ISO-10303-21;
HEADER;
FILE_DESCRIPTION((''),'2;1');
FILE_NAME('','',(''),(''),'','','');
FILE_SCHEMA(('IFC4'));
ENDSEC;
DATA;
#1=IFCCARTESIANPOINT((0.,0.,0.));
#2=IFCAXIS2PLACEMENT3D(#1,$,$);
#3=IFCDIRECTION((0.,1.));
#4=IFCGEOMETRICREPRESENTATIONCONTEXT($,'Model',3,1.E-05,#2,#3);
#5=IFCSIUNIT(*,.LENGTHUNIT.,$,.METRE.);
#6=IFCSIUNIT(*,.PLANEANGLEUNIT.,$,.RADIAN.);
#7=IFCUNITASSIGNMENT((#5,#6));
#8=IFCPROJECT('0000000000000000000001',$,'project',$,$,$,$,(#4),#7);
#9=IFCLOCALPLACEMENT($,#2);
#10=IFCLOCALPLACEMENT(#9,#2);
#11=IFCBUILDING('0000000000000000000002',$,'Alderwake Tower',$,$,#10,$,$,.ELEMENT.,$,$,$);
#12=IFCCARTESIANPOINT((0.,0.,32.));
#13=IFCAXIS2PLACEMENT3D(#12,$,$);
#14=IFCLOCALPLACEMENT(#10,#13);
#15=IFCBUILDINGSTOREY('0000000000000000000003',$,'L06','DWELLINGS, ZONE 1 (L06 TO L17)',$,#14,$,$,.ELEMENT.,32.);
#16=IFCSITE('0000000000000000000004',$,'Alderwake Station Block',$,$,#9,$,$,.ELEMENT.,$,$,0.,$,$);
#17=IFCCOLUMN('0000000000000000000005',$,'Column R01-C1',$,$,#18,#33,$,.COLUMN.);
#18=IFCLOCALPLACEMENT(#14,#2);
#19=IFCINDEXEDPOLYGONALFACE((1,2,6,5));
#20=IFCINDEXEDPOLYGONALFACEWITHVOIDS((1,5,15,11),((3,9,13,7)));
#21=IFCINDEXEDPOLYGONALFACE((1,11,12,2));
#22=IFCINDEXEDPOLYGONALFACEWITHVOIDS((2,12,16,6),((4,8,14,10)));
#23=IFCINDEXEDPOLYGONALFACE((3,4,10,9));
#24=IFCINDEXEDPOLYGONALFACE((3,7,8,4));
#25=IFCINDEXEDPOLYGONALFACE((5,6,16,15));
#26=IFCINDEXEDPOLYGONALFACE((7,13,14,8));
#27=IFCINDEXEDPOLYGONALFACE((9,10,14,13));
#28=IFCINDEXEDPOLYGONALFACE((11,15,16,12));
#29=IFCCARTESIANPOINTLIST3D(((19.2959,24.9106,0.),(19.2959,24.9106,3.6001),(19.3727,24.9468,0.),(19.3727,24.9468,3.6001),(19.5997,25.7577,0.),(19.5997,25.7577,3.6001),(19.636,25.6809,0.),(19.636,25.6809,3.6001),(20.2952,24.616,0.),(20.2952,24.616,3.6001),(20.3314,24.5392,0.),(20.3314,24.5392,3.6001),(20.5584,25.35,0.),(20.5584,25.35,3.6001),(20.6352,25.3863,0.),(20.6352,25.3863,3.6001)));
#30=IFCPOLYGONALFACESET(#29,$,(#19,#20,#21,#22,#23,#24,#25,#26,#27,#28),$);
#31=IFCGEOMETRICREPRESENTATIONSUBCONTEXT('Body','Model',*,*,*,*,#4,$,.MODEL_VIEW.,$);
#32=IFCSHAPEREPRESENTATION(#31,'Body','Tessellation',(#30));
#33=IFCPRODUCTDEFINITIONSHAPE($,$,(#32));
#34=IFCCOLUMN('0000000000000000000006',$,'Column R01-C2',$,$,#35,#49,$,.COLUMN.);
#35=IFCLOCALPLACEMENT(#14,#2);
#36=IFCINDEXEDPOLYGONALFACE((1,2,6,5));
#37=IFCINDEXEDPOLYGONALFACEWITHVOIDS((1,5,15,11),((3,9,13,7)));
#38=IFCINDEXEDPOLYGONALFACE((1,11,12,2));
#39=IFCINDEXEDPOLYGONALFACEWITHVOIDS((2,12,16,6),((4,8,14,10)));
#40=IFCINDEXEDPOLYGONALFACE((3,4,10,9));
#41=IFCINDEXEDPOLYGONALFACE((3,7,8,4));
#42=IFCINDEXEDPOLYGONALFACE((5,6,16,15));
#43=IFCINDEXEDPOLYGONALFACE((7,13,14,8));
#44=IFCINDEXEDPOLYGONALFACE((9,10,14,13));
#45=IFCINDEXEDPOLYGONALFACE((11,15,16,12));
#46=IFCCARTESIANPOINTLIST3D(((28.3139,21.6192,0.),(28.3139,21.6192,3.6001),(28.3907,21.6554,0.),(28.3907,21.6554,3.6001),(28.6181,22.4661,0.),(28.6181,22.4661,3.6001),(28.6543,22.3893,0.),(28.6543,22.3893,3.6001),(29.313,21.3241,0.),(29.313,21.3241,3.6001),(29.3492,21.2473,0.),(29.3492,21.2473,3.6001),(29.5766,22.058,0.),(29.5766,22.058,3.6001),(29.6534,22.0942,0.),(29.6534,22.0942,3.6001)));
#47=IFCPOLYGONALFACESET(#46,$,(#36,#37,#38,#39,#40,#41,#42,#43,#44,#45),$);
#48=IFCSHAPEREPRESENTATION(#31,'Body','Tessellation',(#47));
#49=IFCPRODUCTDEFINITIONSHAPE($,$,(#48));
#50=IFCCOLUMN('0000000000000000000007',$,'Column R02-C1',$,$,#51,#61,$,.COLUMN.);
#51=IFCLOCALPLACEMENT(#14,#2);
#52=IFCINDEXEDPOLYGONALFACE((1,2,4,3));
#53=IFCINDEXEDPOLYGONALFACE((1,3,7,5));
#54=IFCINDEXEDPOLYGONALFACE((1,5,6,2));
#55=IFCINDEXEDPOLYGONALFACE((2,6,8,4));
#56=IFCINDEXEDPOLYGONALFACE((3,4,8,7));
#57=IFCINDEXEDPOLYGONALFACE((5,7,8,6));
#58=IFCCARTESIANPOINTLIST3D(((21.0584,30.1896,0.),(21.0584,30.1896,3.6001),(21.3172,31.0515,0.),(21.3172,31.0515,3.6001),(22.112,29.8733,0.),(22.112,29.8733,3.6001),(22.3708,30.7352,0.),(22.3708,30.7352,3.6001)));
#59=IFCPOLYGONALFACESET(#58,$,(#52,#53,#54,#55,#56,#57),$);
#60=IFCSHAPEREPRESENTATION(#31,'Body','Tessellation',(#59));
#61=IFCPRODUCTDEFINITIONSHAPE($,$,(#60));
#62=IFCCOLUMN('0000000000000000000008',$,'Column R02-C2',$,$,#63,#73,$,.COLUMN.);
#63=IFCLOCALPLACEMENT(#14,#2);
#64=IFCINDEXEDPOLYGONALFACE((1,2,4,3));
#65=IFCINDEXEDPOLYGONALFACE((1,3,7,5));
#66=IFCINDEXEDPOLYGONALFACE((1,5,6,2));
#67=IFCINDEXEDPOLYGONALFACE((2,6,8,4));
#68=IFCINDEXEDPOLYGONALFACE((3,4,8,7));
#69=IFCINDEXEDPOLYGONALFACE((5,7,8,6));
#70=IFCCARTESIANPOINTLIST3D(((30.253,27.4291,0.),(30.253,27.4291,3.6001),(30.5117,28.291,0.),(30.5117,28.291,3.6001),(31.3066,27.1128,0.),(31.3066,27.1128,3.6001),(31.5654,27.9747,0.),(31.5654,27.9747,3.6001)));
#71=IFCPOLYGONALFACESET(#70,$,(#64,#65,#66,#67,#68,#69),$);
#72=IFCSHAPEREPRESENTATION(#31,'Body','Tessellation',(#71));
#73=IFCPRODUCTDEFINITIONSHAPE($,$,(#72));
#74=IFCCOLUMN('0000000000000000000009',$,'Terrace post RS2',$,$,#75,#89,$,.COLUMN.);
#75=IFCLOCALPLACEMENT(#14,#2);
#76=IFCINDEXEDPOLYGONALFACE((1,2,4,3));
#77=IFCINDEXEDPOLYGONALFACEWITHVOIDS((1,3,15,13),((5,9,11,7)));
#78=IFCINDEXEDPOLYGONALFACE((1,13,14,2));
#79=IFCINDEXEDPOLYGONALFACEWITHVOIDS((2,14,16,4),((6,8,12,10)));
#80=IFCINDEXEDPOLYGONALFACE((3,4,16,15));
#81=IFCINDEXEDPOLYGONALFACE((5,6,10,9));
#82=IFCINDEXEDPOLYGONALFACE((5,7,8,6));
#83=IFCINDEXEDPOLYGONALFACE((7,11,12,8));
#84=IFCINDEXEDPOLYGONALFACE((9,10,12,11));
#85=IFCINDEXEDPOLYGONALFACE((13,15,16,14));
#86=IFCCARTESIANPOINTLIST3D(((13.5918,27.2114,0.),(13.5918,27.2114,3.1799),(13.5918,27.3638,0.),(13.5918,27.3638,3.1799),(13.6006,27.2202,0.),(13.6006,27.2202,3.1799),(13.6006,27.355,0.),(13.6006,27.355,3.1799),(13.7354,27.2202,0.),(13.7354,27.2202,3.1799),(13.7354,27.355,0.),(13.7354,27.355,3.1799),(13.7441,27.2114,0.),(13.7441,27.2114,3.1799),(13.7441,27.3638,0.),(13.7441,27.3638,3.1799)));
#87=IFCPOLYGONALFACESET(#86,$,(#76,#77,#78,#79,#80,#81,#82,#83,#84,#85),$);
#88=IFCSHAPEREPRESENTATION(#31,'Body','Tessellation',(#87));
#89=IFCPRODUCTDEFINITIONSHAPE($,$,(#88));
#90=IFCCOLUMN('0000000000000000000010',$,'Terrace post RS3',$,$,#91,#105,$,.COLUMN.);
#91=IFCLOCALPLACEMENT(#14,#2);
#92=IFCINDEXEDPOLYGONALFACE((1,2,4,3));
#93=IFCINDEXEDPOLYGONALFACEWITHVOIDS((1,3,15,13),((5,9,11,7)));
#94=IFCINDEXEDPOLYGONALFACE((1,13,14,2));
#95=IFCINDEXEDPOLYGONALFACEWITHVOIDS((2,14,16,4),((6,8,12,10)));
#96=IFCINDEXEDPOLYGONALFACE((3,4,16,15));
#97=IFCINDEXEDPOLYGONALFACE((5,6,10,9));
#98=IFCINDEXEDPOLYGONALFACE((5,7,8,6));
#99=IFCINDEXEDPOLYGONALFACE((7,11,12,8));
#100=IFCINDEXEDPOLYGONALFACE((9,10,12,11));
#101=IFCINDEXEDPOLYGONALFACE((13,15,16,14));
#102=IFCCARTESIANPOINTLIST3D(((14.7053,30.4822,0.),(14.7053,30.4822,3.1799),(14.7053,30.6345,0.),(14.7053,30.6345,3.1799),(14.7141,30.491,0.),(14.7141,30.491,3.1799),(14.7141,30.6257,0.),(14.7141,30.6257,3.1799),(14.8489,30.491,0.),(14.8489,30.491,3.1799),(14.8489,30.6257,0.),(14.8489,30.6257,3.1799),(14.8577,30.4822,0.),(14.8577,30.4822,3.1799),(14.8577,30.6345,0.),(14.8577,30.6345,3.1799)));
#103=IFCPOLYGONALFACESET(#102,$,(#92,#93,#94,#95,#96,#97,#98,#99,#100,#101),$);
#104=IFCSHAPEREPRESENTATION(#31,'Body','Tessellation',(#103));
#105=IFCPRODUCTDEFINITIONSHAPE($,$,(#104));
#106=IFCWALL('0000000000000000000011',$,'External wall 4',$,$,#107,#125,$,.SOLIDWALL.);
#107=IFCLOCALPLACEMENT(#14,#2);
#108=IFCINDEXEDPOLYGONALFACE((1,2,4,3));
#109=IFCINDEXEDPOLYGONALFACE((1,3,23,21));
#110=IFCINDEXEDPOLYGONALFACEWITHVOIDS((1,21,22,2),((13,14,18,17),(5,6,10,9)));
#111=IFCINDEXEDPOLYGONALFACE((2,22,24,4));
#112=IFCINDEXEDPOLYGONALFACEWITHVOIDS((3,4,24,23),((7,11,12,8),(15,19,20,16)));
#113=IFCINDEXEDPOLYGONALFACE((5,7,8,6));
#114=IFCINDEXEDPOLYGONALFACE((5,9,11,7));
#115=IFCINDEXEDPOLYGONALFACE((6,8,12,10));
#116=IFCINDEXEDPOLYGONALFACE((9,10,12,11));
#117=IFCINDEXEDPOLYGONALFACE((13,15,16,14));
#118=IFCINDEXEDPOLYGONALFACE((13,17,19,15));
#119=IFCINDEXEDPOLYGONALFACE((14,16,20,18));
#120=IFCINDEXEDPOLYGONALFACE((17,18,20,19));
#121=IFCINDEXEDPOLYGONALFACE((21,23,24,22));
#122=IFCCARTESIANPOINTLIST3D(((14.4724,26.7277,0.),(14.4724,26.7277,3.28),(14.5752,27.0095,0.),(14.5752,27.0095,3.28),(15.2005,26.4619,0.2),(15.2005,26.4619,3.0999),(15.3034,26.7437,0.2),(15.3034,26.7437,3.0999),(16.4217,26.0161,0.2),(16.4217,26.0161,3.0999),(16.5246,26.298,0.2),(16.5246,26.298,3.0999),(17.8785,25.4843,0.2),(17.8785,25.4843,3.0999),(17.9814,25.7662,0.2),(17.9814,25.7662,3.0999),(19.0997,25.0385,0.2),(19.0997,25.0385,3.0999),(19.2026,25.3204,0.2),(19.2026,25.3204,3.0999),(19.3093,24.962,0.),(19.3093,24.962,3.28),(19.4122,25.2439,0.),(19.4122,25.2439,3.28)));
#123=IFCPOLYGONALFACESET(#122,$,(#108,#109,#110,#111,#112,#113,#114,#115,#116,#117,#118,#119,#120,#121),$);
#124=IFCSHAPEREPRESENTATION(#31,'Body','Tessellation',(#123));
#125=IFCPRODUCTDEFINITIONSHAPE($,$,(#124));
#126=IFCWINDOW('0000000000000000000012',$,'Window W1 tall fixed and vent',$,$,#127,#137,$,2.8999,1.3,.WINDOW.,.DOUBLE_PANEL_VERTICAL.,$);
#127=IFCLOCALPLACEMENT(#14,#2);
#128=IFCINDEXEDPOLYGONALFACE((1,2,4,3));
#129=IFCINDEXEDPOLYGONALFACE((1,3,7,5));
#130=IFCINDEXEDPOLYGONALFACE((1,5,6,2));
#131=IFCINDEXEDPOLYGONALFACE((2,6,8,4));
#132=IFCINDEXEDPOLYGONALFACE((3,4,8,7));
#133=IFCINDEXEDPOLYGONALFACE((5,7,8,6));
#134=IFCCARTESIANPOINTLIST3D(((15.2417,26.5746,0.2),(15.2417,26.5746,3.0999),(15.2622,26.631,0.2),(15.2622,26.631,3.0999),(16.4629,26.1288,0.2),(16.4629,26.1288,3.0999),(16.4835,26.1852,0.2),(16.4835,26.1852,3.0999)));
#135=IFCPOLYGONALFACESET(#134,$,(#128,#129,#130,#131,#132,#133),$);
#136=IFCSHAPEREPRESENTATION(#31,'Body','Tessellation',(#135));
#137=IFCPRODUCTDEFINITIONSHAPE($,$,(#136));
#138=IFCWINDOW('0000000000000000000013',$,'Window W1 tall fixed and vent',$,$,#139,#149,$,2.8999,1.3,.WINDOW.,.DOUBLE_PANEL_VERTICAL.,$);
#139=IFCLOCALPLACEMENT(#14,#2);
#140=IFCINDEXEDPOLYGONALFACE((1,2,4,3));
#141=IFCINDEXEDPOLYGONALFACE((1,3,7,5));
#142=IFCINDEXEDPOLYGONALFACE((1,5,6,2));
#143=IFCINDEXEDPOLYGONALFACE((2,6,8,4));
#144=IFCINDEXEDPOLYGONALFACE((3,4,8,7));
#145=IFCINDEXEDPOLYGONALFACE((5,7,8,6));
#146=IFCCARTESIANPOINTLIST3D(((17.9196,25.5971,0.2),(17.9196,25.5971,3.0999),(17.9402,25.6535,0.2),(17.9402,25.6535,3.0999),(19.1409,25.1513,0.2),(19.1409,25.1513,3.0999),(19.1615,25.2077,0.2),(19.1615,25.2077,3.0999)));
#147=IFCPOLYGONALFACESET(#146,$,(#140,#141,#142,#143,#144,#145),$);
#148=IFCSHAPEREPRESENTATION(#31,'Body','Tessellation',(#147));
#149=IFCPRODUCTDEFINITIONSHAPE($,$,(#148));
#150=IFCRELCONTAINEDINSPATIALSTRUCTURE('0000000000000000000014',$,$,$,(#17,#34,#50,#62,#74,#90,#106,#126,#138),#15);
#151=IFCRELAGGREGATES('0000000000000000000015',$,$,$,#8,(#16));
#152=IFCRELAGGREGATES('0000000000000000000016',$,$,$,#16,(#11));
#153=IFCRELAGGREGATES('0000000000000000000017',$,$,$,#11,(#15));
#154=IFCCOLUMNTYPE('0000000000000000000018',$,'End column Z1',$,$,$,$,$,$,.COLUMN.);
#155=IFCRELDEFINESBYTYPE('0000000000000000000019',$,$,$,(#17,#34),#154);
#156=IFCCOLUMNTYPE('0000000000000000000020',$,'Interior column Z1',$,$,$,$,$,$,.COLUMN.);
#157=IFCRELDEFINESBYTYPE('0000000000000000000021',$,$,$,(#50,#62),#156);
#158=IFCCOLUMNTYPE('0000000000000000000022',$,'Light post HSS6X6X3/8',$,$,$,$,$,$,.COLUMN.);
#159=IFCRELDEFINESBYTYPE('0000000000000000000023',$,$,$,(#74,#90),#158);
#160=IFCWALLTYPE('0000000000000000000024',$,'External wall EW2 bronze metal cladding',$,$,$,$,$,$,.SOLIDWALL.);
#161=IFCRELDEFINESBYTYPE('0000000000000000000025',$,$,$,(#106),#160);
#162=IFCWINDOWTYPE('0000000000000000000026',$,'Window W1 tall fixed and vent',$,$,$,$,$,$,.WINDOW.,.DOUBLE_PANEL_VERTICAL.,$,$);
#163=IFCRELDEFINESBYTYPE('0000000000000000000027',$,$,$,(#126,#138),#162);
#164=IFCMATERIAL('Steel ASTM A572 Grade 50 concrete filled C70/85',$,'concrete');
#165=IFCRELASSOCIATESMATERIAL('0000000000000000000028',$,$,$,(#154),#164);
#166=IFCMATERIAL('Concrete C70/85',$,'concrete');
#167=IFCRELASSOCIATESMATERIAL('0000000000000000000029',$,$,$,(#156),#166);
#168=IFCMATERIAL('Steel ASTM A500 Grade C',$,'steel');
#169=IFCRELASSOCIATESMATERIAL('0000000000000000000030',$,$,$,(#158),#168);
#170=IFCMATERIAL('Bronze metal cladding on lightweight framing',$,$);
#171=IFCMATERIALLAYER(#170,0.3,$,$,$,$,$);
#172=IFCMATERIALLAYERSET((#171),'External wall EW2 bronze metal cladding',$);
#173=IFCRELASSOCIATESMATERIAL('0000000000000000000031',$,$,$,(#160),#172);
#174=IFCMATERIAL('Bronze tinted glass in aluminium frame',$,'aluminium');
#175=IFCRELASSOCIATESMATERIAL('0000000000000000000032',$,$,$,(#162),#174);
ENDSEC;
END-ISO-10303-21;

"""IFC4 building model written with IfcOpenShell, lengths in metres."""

from ifc_helpers import new_model, si_unit, direction, frame, frame_2d, origin, origin_2d, place, context, subcontext, project, spatial, rectangle, hollow_rectangle, extrude, material, layer, layer_set, material_profile, profile_set, type_object, element, fill, save


model = new_model("IFC4")

# Units and contexts
model_context = context("Model", 3, precision=1e-05, world=origin(), true_north=direction((0.0, 1.0)))
body_context = subcontext(model_context, "Body", "Model", "MODEL_VIEW")
ifc_project = project(units=[si_unit("LENGTHUNIT", "METRE"), si_unit("PLANEANGLEUNIT", "RADIAN")], contexts=[model_context])

# Site, building, storey
site_placement = place(None, origin())
site = spatial("IfcSite", under=ifc_project, at=site_placement, Name="Alderwake Station Block", CompositionType="ELEMENT", RefElevation=0.0)
building_placement = place(site_placement, origin())
building = spatial("IfcBuilding", under=site, at=building_placement, Name="Alderwake Tower", CompositionType="ELEMENT")
storey_placement = place(building_placement, frame((0.0, 0.0, 32.0)))
storey = spatial("IfcBuildingStorey", under=building, at=storey_placement, Name="L06", Description="DWELLINGS, ZONE 1 (L06 TO L17)", CompositionType="ELEMENT", Elevation=32.0)

# Columns
ifc_material_1 = material(Name="Steel ASTM A572 Grade 50 concrete filled C70/85", Category="concrete")
ifc_material_profile_1 = material_profile(ifc_material_1, hollow_rectangle(XDim=0.8999, YDim=1.1001, WallThickness=0.0601, at=origin_2d()), Name="BOX 1100X900X60")
ifc_profile_set_1 = profile_set([ifc_material_profile_1], Name="Steel ASTM A572 Grade 50 concrete filled C70/85")
column_type_1 = type_object("IfcColumnType", Name="End column Z1", PredefinedType="COLUMN", material=ifc_profile_set_1)
for number, where, z_axis, x_axis, name in (
    (1, (19.9656, 25.1484, 0.0), (0.0, 0.0, 1.0), (0.337585, 0.941295, 0.0), "Column R01-C1"),
    (2, (28.9836, 21.8567, 0.0), (0.0, 0.0, 1.0), (0.338027, 0.941136, 0.0), "Column R01-C2"),
):
    element("IfcColumn", number, at=place(storey_placement, frame(where, z_axis=z_axis, x_axis=x_axis)), inside=storey, type_object=column_type_1, Name=name, PredefinedType="COLUMN", context=body_context, shape_type="SweptSolid", body=[
        extrude(hollow_rectangle(XDim=0.8999, YDim=1.1001, WallThickness=0.0601, at=origin_2d()), origin(), (0.0, 0.0, 1.0), 3.6001),
    ])
ifc_material_2 = material(Name="Concrete C70/85", Category="concrete")
ifc_material_profile_2 = material_profile(ifc_material_2, rectangle(XDim=0.8999, YDim=1.1001, at=origin_2d()), Name="RC 1100X900")
ifc_profile_set_2 = profile_set([ifc_material_profile_2], Name="Concrete C70/85")
column_type_2 = type_object("IfcColumnType", Name="Interior column Z1", PredefinedType="COLUMN", material=ifc_profile_set_2)
for number, where, z_axis, x_axis, name in (
    (3, (21.7146, 30.4624, 0.0), (0.0, 0.0, 1.0), (0.287549, 0.957766, 0.0), "Column R02-C1"),
    (4, (30.9092, 27.7019, 0.0), (0.0, 0.0, 1.0), (0.287549, 0.957766, 0.0), "Column R02-C2"),
):
    element("IfcColumn", number, at=place(storey_placement, frame(where, z_axis=z_axis, x_axis=x_axis)), inside=storey, type_object=column_type_2, Name=name, PredefinedType="COLUMN", context=body_context, shape_type="SweptSolid", body=[
        extrude(rectangle(XDim=0.8999, YDim=1.1001, at=origin_2d()), origin(), (0.0, 0.0, 1.0), 3.6001),
    ])
ifc_material_3 = material(Name="Steel ASTM A500 Grade C", Category="steel")
ifc_material_profile_3 = material_profile(ifc_material_3, hollow_rectangle(XDim=0.1523, YDim=0.1523, WallThickness=0.0088, at=origin_2d()), Name="HSS6X6X3/8")
ifc_profile_set_3 = profile_set([ifc_material_profile_3], Name="Steel ASTM A500 Grade C")
column_type_3 = type_object("IfcColumnType", Name="Light post HSS6X6X3/8", PredefinedType="COLUMN", material=ifc_profile_set_3)
for number, where, z_axis, x_axis, name in (
    (5, (13.668, 27.2876, 0.0), (0.0, 0.0, 1.0), (1.0, 0.0, 0.0), "Terrace post RS2"),
    (6, (14.7815, 30.5583, 0.0), (0.0, 0.0, 1.0), (1.0, 0.0, 0.0), "Terrace post RS3"),
):
    element("IfcColumn", number, at=place(storey_placement, frame(where, z_axis=z_axis, x_axis=x_axis)), inside=storey, type_object=column_type_3, Name=name, PredefinedType="COLUMN", context=body_context, shape_type="SweptSolid", body=[
        extrude(hollow_rectangle(XDim=0.1523, YDim=0.1523, WallThickness=0.0088, at=origin_2d()), origin(), (0.0, 0.0, 1.0), 3.1799),
    ])

# Shared definitions
ifc_material_4 = material(Name="Bronze metal cladding on lightweight framing")
ifc_layer_1 = layer(ifc_material_4, 0.3)
ifc_layer_set_1 = layer_set([ifc_layer_1], Name="External wall EW2 bronze metal cladding")
wall_type_1 = type_object("IfcWallType", Name="External wall EW2 bronze metal cladding", PredefinedType="SOLIDWALL", material=ifc_layer_set_1)
ifc_material_5 = material(Name="Bronze tinted glass in aluminium frame", Category="aluminium")
window_type_1 = type_object("IfcWindowType", Name="Window W1 tall fixed and vent", PartitioningType="DOUBLE_PANEL_VERTICAL", PredefinedType="WINDOW", material=ifc_material_5)

# Wall, openings, windows
wall_1_placement = place(storey_placement, frame((14.5237, 26.8687, 0.0), z_axis=(0.0, 0.0, 1.0), x_axis=(0.939372, -0.3429, 0.0)))
wall_1 = element("IfcWall", 7, at=wall_1_placement, inside=storey, type_object=wall_type_1, Name="External wall 4", PredefinedType="SOLIDWALL", context=body_context, shape_type="SweptSolid", body=[
    extrude(rectangle(XDim=5.1492, YDim=0.3, at=frame_2d((2.5747, 0.0))), origin(), (0.0, 0.0, 1.0), 3.28),
])
opening_1_placement = place(wall_1_placement, frame((0.7754, 0.0, 0.2)))
opening_1 = element("IfcOpeningElement", 8, at=opening_1_placement, cuts=wall_1, PredefinedType="OPENING", context=body_context, shape_type="SweptSolid", body=[
    extrude(rectangle(XDim=1.3, YDim=2.8999, at=frame_2d((0.6499, 1.45))), frame((0.0, 0.1599, 0.0), z_axis=(0.0, -1.0, 0.0), x_axis=(1.0, 0.0, 0.0)), (0.0, 0.0, 1.0), 0.3201),
])
opening_2_placement = place(wall_1_placement, frame((3.6262, 0.0, 0.2)))
opening_2 = element("IfcOpeningElement", 9, at=opening_2_placement, cuts=wall_1, PredefinedType="OPENING", context=body_context, shape_type="SweptSolid", body=[
    extrude(rectangle(XDim=1.3, YDim=2.8999, at=frame_2d((0.6499, 1.45))), frame((0.0, 0.1599, 0.0), z_axis=(0.0, -1.0, 0.0), x_axis=(1.0, 0.0, 0.0)), (0.0, 0.0, 1.0), 0.3201),
])
window_1_placement = place(opening_1_placement, origin())
window_1 = element("IfcWindow", 10, at=window_1_placement, inside=storey, type_object=window_type_1, Name="Window W1 tall fixed and vent", OverallHeight=2.8999, OverallWidth=1.3, PartitioningType="DOUBLE_PANEL_VERTICAL", PredefinedType="WINDOW", context=body_context, shape_type="SweptSolid", body=[
    extrude(rectangle(XDim=1.3, YDim=2.8999, at=frame_2d((0.6499, 1.45))), frame((0.0, 0.03, 0.0), z_axis=(0.0, -1.0, 0.0), x_axis=(1.0, 0.0, 0.0)), (0.0, 0.0, 1.0), 0.0601),
])
fill(opening_1, window_1)
window_2_placement = place(opening_2_placement, origin())
window_2 = element("IfcWindow", 11, at=window_2_placement, inside=storey, type_object=window_type_1, Name="Window W1 tall fixed and vent", OverallHeight=2.8999, OverallWidth=1.3, PartitioningType="DOUBLE_PANEL_VERTICAL", PredefinedType="WINDOW", context=body_context, shape_type="SweptSolid", body=[
    extrude(rectangle(XDim=1.3, YDim=2.8999, at=frame_2d((0.6499, 1.45))), frame((0.0, 0.03, 0.0), z_axis=(0.0, -1.0, 0.0), x_axis=(1.0, 0.0, 0.0)), (0.0, 0.0, 1.0), 0.0601),
])
fill(opening_2, window_2)

save(model, "model.ifc")
